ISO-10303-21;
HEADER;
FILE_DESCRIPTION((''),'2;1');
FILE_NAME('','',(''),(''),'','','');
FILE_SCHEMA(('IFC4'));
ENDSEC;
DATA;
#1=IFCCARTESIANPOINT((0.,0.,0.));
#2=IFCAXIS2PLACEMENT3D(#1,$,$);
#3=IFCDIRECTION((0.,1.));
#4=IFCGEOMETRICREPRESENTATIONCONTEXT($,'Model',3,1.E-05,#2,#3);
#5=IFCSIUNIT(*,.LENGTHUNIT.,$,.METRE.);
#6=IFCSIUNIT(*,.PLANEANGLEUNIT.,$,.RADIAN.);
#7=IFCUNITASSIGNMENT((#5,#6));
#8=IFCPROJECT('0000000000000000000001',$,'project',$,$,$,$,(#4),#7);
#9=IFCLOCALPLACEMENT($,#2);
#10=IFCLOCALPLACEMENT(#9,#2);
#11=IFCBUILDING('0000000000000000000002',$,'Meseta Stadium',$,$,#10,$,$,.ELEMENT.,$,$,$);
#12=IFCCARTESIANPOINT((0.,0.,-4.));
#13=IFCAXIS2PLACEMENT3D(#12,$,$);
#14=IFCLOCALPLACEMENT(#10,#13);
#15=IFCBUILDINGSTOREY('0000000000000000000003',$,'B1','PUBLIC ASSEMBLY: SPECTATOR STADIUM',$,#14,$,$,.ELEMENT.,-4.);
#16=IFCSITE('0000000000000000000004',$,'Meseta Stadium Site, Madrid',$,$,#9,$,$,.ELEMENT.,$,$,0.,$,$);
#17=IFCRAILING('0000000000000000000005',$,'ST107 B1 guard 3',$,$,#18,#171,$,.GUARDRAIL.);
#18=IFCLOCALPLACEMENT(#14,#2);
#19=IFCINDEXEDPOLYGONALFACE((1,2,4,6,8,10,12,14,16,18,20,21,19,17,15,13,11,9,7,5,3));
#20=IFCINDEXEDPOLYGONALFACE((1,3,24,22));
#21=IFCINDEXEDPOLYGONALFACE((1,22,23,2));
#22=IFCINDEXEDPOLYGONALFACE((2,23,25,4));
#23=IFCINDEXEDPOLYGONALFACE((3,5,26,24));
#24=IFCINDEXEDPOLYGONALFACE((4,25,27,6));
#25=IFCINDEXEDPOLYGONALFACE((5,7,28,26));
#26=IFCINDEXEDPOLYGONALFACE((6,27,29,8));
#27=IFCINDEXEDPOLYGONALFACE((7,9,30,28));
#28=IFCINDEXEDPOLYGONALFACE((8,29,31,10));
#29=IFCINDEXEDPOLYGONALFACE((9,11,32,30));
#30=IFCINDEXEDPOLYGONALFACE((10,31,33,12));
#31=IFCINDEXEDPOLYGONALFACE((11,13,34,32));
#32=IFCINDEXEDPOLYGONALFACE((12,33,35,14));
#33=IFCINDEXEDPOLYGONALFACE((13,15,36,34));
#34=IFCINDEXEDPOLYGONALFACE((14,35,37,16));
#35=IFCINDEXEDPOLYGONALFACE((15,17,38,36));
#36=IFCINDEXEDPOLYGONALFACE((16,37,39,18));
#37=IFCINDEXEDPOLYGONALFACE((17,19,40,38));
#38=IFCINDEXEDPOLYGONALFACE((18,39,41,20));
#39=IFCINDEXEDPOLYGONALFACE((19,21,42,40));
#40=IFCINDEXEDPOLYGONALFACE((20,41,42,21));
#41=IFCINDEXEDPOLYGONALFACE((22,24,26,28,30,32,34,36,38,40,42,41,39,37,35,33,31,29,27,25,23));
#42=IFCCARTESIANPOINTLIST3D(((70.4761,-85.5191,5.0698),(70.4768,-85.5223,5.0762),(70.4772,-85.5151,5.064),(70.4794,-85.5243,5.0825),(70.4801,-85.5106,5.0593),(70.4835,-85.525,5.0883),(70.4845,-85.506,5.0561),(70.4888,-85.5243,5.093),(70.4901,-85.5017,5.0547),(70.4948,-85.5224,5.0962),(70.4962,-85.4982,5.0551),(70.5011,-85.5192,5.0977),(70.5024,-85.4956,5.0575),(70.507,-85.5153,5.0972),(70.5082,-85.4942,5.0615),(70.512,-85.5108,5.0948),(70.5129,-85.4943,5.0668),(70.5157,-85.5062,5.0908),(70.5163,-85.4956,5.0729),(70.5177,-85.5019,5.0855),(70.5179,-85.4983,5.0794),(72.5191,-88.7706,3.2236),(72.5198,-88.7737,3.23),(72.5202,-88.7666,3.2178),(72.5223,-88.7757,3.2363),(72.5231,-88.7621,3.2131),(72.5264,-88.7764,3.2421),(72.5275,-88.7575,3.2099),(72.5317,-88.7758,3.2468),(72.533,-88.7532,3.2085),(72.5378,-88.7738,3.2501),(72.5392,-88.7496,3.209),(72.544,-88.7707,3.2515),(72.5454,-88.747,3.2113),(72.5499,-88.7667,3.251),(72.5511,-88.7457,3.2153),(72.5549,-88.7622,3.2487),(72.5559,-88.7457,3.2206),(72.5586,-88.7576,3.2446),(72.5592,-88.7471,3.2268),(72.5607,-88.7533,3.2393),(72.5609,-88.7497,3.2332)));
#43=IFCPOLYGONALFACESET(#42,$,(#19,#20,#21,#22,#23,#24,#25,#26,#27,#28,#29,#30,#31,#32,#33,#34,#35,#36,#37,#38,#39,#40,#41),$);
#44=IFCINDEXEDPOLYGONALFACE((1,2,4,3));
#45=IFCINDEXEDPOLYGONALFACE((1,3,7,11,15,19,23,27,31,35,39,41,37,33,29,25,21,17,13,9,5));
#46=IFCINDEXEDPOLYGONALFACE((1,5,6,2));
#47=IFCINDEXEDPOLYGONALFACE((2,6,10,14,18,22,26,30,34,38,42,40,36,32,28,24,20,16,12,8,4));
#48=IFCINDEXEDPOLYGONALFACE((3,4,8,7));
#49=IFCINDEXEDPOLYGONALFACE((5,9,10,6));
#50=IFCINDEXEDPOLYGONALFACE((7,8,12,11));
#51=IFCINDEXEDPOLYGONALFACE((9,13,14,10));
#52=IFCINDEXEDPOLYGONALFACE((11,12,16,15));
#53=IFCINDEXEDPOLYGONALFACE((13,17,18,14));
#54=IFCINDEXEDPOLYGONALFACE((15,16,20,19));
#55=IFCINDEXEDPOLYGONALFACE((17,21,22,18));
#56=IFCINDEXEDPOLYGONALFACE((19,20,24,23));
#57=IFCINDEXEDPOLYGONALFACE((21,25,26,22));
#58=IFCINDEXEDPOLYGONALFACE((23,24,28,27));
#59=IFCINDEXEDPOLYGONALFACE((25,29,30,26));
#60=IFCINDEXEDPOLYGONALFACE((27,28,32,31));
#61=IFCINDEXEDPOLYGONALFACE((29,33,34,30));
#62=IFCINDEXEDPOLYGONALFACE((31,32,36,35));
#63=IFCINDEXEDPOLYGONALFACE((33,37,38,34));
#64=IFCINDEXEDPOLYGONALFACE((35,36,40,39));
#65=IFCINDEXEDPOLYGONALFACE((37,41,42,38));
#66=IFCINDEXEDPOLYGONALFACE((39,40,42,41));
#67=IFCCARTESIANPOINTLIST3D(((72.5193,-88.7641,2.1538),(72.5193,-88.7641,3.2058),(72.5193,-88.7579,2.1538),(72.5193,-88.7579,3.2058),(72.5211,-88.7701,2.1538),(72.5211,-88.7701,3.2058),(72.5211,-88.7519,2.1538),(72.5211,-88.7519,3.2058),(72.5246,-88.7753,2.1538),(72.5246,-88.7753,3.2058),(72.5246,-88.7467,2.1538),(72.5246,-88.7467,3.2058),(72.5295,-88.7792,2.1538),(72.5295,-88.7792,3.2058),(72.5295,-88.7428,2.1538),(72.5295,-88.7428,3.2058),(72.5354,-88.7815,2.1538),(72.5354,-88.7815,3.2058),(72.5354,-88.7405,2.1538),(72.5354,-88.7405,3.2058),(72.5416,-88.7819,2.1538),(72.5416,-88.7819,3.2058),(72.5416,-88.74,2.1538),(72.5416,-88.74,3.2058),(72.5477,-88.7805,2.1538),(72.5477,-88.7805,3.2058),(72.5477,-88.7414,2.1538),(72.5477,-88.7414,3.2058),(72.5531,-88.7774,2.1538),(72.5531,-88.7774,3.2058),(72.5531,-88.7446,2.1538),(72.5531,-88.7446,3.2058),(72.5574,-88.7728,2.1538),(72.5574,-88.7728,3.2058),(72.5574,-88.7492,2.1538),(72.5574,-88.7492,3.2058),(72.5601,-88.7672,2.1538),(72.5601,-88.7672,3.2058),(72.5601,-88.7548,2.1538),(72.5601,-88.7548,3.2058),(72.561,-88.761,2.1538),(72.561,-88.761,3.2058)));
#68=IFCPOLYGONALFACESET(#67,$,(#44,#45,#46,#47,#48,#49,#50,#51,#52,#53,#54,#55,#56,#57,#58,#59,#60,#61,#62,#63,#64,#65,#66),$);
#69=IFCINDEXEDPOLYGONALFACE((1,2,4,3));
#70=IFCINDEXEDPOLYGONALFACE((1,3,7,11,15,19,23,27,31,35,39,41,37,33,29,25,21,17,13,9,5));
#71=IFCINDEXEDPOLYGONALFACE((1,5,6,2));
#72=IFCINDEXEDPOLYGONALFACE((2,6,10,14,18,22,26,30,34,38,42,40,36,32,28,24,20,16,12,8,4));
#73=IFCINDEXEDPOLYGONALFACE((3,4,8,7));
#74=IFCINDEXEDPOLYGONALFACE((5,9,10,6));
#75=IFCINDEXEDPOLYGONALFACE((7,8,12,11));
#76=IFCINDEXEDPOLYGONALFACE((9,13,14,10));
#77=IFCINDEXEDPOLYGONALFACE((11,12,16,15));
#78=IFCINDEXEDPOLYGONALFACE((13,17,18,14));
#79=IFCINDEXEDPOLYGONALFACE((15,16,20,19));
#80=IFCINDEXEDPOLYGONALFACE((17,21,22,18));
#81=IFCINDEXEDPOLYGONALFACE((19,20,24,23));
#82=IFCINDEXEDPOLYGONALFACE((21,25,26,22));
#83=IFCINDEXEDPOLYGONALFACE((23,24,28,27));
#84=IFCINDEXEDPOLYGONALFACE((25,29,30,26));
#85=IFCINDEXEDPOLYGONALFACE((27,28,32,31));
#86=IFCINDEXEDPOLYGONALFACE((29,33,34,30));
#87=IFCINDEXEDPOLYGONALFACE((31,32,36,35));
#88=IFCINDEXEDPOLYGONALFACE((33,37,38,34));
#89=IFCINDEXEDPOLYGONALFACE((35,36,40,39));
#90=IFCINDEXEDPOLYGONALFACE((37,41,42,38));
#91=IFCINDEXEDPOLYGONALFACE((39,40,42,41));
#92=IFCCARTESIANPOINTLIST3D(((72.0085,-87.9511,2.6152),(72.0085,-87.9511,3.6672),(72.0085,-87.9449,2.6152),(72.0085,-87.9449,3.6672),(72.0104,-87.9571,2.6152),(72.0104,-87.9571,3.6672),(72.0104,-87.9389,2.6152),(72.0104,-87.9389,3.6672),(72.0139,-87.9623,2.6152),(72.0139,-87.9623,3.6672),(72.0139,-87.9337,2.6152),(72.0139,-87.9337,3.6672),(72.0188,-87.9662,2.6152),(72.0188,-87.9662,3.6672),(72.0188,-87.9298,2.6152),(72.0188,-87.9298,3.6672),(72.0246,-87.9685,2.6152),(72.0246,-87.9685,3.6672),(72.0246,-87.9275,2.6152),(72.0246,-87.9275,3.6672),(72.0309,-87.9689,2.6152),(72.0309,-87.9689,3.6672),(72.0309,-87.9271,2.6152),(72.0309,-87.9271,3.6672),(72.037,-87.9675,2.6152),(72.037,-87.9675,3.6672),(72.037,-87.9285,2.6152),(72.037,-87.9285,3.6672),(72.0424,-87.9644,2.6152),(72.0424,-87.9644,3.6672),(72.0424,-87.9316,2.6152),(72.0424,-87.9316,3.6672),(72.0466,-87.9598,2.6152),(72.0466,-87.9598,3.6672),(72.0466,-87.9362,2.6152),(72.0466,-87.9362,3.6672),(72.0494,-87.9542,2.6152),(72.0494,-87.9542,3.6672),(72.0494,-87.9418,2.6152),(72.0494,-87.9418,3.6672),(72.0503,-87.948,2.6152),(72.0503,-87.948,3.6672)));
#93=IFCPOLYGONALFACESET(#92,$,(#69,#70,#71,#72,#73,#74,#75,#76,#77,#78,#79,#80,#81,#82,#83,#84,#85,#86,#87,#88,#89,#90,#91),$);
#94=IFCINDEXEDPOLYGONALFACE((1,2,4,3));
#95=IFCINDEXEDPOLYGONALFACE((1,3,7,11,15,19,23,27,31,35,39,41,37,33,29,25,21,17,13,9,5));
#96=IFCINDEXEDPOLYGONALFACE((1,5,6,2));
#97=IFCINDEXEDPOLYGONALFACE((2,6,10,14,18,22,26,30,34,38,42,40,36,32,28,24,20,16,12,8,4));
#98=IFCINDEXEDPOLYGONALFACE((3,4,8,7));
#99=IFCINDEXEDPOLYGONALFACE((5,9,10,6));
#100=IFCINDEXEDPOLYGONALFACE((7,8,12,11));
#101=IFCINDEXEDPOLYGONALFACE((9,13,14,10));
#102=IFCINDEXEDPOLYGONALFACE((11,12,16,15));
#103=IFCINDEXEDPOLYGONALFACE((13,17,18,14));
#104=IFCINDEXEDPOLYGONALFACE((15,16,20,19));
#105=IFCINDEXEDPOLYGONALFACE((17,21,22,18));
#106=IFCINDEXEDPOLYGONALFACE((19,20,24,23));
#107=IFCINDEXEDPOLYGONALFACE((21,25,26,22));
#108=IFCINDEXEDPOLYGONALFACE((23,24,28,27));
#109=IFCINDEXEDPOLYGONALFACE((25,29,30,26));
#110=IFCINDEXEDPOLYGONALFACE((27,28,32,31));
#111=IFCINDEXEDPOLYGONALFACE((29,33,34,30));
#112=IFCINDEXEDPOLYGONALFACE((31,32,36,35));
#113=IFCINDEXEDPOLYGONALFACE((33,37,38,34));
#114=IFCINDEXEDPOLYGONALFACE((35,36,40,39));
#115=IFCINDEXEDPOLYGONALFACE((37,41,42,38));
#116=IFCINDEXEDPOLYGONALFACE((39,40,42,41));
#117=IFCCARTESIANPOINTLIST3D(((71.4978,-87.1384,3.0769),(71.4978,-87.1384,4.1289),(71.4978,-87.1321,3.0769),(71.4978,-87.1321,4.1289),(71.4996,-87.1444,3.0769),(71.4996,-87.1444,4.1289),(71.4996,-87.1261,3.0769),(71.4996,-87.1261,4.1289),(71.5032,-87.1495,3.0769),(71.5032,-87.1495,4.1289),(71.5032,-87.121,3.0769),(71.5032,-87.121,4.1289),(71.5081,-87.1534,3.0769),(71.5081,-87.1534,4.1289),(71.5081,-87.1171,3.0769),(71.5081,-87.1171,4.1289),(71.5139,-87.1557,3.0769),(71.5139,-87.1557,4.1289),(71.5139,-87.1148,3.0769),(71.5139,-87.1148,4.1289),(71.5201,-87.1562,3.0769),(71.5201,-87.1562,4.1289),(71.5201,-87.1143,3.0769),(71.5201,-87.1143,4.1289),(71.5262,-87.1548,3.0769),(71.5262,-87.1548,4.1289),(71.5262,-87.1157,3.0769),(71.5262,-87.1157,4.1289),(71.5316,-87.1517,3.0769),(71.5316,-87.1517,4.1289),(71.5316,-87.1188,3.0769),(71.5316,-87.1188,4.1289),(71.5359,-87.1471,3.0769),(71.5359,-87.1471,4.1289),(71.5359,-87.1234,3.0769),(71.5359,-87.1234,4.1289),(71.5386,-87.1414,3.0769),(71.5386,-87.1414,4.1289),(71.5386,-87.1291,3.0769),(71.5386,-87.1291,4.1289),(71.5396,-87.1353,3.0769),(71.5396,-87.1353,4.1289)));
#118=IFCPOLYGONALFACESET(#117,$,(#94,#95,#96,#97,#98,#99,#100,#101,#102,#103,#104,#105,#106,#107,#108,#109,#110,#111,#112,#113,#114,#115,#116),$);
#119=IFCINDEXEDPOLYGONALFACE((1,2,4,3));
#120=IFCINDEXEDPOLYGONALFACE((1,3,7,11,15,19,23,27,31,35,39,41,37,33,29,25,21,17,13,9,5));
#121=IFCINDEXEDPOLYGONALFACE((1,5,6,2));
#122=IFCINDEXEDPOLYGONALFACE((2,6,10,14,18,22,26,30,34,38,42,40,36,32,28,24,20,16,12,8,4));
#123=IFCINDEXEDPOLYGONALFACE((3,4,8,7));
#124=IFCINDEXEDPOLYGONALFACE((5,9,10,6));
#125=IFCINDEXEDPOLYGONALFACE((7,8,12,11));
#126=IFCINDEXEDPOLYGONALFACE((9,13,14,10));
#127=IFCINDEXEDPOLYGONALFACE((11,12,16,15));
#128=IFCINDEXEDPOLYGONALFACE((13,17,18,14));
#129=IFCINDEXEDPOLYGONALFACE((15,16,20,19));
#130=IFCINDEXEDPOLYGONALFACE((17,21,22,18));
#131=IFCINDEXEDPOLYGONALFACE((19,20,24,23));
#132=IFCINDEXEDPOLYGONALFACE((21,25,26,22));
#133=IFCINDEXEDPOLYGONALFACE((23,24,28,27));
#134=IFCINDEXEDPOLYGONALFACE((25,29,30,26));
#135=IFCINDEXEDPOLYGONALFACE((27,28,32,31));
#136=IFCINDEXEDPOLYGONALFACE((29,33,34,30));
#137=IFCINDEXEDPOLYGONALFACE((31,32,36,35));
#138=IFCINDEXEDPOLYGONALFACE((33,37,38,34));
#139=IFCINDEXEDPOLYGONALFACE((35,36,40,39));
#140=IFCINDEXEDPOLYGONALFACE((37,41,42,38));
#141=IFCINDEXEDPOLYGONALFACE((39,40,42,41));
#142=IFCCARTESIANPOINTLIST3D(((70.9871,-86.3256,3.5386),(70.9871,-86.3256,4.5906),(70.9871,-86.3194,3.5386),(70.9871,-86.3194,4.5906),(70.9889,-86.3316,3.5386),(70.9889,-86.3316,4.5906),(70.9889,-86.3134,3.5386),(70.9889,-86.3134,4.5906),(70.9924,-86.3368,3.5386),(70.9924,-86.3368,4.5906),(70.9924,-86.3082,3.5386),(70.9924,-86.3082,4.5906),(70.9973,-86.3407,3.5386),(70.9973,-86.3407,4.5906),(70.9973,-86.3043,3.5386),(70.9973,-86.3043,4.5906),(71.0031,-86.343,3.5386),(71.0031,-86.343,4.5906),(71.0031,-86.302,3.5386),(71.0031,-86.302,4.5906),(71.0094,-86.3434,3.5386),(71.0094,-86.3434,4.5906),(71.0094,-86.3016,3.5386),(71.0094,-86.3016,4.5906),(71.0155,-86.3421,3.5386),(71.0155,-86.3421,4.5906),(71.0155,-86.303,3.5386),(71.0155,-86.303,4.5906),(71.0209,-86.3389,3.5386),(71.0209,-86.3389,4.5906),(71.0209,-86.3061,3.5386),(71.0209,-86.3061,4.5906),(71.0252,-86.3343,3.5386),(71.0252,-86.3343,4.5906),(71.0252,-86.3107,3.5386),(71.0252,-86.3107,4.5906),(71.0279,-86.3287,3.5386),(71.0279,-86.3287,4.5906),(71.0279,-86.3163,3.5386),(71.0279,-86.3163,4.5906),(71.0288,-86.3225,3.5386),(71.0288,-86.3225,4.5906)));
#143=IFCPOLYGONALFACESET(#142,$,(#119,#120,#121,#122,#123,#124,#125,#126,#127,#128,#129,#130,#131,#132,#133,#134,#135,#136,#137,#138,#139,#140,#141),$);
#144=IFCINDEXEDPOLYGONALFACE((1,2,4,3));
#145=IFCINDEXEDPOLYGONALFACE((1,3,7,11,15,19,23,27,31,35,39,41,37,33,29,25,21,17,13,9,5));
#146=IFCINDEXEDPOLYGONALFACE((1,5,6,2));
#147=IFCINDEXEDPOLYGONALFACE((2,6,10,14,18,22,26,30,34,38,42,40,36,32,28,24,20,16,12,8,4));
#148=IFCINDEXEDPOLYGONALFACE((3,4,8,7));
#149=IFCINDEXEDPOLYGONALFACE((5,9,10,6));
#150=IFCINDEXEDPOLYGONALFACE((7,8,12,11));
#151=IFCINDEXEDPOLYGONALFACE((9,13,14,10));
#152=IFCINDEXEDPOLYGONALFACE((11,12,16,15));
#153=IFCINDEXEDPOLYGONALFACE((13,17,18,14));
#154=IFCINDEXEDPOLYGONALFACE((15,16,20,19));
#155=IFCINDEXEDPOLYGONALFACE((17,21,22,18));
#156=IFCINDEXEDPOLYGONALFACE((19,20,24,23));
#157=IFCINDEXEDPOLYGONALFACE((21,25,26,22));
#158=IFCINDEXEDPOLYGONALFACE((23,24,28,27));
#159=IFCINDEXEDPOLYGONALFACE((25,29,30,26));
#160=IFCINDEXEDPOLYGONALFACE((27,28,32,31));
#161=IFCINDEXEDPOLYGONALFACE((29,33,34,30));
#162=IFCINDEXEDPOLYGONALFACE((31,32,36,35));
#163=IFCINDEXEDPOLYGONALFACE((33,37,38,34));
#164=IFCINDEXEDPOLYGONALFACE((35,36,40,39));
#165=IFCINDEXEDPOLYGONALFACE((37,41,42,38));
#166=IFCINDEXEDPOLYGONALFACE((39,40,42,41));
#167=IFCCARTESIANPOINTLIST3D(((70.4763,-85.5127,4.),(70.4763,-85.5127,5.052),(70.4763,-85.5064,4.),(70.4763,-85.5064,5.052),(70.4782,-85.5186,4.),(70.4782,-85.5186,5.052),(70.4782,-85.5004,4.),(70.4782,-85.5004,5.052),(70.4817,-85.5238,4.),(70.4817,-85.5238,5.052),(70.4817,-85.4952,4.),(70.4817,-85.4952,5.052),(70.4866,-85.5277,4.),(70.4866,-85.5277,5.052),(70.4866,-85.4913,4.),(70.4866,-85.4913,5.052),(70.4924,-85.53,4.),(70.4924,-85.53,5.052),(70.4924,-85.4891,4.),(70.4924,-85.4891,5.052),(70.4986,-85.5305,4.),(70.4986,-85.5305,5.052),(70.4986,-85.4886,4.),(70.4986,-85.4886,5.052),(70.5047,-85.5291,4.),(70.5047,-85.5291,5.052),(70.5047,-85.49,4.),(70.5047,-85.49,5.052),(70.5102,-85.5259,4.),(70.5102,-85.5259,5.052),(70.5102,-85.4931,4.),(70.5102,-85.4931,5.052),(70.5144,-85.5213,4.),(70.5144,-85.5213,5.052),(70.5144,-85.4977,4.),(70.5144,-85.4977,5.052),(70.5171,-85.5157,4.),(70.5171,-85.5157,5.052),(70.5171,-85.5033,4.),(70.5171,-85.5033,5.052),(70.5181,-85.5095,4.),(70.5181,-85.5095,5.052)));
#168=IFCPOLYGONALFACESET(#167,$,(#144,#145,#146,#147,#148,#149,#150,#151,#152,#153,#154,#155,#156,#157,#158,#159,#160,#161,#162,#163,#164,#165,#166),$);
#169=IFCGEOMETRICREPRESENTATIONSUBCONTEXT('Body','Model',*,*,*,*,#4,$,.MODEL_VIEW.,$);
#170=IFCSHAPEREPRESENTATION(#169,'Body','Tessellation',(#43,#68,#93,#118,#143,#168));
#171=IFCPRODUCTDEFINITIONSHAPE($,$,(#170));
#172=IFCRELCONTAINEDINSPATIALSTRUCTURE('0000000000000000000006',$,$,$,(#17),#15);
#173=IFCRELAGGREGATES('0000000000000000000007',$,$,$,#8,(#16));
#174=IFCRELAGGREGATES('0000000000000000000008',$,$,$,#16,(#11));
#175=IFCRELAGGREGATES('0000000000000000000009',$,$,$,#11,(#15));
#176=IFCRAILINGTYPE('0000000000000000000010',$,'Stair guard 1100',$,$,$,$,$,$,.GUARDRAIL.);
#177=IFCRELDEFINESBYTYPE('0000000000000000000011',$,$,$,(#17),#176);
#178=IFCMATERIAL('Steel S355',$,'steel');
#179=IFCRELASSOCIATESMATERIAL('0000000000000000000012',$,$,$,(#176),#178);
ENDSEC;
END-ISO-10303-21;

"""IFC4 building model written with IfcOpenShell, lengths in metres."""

from ifc_helpers import new_model, si_unit, direction, frame, origin, origin_2d, place, context, subcontext, project, spatial, circle, extrude, material, type_object, element, save


model = new_model("IFC4")

# Units and contexts
model_context = context("Model", 3, precision=1e-05, world=origin(), true_north=direction((0.0, 1.0)))
body_context = subcontext(model_context, "Body", "Model", "MODEL_VIEW")
ifc_project = project(units=[si_unit("LENGTHUNIT", "METRE"), si_unit("PLANEANGLEUNIT", "RADIAN")], contexts=[model_context])

# Site, building, storey
site_placement = place(None, origin())
site = spatial("IfcSite", under=ifc_project, at=site_placement, Name="Meseta Stadium Site, Madrid", CompositionType="ELEMENT", RefElevation=0.0)
building_placement = place(site_placement, origin())
building = spatial("IfcBuilding", under=site, at=building_placement, Name="Meseta Stadium", CompositionType="ELEMENT")
storey_placement = place(building_placement, frame((0.0, 0.0, -4.0)))
storey = spatial("IfcBuildingStorey", under=building, at=storey_placement, Name="B1", Description="PUBLIC ASSEMBLY: SPECTATOR STADIUM", CompositionType="ELEMENT", Elevation=-4.0)

# Railing
ifc_material_1 = material(Name="Steel S355", Category="steel")
railing_type_1 = type_object("IfcRailingType", Name="Stair guard 1100", PredefinedType="GUARDRAIL", material=ifc_material_1)
railing_1_placement = place(storey_placement, frame((72.54, -88.761, 2.1538)))
element("IfcRailing", 1, at=railing_1_placement, inside=storey, type_object=railing_type_1, Name="ST107 B1 guard 3", PredefinedType="GUARDRAIL", context=body_context, shape_type="SweptSolid", body=[
    extrude(circle(Radius=0.0239, at=origin_2d()), frame((0.0, 0.0, 1.0762), z_axis=(-0.479483, 0.763117, 0.4333), x_axis=(-0.846731, -0.53202, 0.0)), (0.0, 0.0, 1.0), 4.2607),
    extrude(circle(Radius=0.021, at=origin_2d()), origin(), (0.0, 0.0, 1.0), 1.052),
    extrude(circle(Radius=0.021, at=origin_2d()), frame((-0.5107, 0.813, 0.4614)), (0.0, 0.0, 1.0), 1.052),
    extrude(circle(Radius=0.021, at=origin_2d()), frame((-1.0215, 1.6257, 0.9231)), (0.0, 0.0, 1.0), 1.052),
    extrude(circle(Radius=0.021, at=origin_2d()), frame((-1.5322, 2.4385, 1.3848)), (0.0, 0.0, 1.0), 1.052),
    extrude(circle(Radius=0.021, at=origin_2d()), frame((-2.043, 3.2515, 1.8462)), (0.0, 0.0, 1.0), 1.052),
])

save(model, "model.ifc")
